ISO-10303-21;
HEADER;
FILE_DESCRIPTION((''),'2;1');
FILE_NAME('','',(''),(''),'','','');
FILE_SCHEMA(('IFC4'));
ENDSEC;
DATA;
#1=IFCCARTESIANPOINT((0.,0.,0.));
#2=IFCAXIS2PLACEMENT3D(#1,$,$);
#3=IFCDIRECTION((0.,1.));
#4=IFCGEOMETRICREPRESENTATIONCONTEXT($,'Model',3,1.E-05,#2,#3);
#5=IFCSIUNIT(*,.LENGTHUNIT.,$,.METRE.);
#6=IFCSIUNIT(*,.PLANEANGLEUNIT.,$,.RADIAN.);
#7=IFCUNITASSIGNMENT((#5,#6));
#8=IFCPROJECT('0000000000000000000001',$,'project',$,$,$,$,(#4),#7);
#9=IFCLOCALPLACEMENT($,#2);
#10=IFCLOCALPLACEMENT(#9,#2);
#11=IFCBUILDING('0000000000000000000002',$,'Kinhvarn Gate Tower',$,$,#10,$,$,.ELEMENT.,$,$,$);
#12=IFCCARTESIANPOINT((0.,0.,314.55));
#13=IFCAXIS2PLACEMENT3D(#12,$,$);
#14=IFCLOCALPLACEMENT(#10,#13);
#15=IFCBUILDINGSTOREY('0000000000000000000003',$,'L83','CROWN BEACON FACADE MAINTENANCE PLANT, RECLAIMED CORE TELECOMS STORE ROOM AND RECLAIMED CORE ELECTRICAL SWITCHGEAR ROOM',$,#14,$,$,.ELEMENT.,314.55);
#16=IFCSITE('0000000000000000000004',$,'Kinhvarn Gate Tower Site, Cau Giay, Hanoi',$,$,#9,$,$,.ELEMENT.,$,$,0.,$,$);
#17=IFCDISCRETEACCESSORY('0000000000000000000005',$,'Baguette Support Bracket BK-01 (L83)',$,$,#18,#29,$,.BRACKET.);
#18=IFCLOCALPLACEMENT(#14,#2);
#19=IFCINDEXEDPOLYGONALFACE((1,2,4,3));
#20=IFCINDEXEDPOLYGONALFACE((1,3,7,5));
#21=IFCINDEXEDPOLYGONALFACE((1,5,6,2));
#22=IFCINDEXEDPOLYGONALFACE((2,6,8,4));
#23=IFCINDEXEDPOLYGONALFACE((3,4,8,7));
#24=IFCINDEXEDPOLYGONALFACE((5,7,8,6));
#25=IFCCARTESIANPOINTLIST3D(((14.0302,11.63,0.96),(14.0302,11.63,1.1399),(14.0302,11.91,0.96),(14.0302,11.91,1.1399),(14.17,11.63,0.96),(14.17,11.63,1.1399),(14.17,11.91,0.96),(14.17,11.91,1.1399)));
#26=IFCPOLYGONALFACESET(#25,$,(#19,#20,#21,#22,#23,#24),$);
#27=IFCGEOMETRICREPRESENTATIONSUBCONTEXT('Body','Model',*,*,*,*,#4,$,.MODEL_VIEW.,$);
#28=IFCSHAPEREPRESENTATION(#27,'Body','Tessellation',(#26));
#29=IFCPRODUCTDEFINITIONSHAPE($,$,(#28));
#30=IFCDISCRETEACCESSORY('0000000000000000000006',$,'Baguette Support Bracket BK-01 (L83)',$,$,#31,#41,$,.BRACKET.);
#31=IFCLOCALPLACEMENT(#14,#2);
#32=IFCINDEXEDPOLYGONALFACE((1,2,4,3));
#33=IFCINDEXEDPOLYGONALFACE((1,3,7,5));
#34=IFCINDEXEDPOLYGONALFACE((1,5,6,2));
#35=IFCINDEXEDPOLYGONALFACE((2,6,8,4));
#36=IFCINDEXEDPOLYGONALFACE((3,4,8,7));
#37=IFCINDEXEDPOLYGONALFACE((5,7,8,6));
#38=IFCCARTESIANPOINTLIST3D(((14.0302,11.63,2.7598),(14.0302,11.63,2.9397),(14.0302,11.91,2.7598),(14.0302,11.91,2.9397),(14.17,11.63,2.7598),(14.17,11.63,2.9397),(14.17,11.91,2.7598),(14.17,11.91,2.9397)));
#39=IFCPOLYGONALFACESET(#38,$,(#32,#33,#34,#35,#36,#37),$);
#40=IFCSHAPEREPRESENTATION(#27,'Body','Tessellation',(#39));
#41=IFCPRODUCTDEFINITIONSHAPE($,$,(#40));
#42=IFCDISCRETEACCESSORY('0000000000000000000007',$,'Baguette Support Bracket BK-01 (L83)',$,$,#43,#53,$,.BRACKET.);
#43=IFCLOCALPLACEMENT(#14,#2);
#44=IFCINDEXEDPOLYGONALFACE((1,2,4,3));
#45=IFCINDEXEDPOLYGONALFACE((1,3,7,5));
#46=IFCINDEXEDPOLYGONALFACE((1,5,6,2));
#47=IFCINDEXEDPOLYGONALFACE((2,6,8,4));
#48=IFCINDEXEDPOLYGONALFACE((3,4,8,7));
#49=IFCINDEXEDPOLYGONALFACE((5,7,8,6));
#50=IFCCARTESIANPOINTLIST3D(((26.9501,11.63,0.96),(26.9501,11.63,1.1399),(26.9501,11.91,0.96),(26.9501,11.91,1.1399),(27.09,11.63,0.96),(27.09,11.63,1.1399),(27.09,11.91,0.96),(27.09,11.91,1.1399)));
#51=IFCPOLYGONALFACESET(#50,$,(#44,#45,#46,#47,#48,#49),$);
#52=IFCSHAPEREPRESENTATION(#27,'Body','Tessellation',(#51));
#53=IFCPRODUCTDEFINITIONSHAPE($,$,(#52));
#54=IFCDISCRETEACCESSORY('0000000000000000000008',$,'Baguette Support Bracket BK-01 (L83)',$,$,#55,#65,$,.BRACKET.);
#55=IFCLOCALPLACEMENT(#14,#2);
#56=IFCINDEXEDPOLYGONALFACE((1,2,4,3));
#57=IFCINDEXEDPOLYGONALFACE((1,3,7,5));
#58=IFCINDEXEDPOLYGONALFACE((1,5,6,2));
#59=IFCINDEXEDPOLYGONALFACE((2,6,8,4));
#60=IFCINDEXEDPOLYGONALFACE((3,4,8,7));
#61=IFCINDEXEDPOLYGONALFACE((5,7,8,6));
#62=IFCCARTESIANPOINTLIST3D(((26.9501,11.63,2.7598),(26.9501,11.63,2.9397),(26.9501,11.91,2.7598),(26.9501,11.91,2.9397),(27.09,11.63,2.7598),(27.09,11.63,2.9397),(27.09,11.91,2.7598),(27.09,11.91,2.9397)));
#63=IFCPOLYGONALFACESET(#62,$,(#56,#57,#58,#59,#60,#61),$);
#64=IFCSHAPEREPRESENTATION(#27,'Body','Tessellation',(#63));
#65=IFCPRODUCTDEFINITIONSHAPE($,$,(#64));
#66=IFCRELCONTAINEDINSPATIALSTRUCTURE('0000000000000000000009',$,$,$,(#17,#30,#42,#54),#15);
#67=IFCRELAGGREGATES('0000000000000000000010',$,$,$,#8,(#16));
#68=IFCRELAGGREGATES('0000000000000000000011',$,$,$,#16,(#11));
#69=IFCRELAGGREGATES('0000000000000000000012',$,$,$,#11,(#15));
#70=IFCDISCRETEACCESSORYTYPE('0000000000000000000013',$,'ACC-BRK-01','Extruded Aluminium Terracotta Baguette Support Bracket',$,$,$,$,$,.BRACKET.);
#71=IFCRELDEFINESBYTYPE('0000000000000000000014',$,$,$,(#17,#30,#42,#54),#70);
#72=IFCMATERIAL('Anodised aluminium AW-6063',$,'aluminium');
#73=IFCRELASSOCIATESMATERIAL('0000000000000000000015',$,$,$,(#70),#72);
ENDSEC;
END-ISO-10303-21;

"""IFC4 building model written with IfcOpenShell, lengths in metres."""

from ifc_helpers import new_model, si_unit, direction, frame, origin, origin_2d, place, context, subcontext, project, spatial, rectangle, extrude, material, type_object, element, save


model = new_model("IFC4")

# Units and contexts
model_context = context("Model", 3, precision=1e-05, world=origin(), true_north=direction((0.0, 1.0)))
body_context = subcontext(model_context, "Body", "Model", "MODEL_VIEW")
ifc_project = project(units=[si_unit("LENGTHUNIT", "METRE"), si_unit("PLANEANGLEUNIT", "RADIAN")], contexts=[model_context])

# Site, building, storey
site_placement = place(None, origin())
site = spatial("IfcSite", under=ifc_project, at=site_placement, Name="Kinhvarn Gate Tower Site, Cau Giay, Hanoi", CompositionType="ELEMENT", RefElevation=0.0)
building_placement = place(site_placement, origin())
building = spatial("IfcBuilding", under=site, at=building_placement, Name="Kinhvarn Gate Tower", CompositionType="ELEMENT")
storey_placement = place(building_placement, frame((0.0, 0.0, 314.55)))
storey = spatial("IfcBuildingStorey", under=building, at=storey_placement, Name="L83", Description="CROWN BEACON FACADE MAINTENANCE PLANT, RECLAIMED CORE TELECOMS STORE ROOM AND RECLAIMED CORE ELECTRICAL SWITCHGEAR ROOM", CompositionType="ELEMENT", Elevation=314.55)

# Shared definitions
ifc_material_1 = material(Name="Anodised aluminium AW-6063", Category="aluminium")

# Discrete accessories
discrete_accessory_type = type_object("IfcDiscreteAccessoryType", Name="ACC-BRK-01", Description="Extruded Aluminium Terracotta Baguette Support Bracket", PredefinedType="BRACKET", material=ifc_material_1)
for number, where, z_axis, x_axis, name in (
    (1, (14.1001, 11.77, 0.96), (0.0, 0.0, 1.0), (1.0, 0.0, 0.0), "Baguette Support Bracket BK-01 (L83)"),
    (2, (14.1001, 11.77, 2.7598), (0.0, 0.0, 1.0), (1.0, 0.0, 0.0), "Baguette Support Bracket BK-01 (L83)"),
    (3, (27.02, 11.77, 0.96), (0.0, 0.0, 1.0), (1.0, 0.0, 0.0), "Baguette Support Bracket BK-01 (L83)"),
    (4, (27.02, 11.77, 2.7598), (0.0, 0.0, 1.0), (1.0, 0.0, 0.0), "Baguette Support Bracket BK-01 (L83)"),
):
    element("IfcDiscreteAccessory", number, at=place(storey_placement, frame(where, z_axis=z_axis, x_axis=x_axis)), inside=storey, type_object=discrete_accessory_type, Name=name, PredefinedType="BRACKET", context=body_context, shape_type="SweptSolid", body=[
        extrude(rectangle(XDim=0.1399, YDim=0.28, at=origin_2d()), origin(), (0.0, 0.0, 1.0), 0.1799),
    ])

save(model, "model.ifc")
